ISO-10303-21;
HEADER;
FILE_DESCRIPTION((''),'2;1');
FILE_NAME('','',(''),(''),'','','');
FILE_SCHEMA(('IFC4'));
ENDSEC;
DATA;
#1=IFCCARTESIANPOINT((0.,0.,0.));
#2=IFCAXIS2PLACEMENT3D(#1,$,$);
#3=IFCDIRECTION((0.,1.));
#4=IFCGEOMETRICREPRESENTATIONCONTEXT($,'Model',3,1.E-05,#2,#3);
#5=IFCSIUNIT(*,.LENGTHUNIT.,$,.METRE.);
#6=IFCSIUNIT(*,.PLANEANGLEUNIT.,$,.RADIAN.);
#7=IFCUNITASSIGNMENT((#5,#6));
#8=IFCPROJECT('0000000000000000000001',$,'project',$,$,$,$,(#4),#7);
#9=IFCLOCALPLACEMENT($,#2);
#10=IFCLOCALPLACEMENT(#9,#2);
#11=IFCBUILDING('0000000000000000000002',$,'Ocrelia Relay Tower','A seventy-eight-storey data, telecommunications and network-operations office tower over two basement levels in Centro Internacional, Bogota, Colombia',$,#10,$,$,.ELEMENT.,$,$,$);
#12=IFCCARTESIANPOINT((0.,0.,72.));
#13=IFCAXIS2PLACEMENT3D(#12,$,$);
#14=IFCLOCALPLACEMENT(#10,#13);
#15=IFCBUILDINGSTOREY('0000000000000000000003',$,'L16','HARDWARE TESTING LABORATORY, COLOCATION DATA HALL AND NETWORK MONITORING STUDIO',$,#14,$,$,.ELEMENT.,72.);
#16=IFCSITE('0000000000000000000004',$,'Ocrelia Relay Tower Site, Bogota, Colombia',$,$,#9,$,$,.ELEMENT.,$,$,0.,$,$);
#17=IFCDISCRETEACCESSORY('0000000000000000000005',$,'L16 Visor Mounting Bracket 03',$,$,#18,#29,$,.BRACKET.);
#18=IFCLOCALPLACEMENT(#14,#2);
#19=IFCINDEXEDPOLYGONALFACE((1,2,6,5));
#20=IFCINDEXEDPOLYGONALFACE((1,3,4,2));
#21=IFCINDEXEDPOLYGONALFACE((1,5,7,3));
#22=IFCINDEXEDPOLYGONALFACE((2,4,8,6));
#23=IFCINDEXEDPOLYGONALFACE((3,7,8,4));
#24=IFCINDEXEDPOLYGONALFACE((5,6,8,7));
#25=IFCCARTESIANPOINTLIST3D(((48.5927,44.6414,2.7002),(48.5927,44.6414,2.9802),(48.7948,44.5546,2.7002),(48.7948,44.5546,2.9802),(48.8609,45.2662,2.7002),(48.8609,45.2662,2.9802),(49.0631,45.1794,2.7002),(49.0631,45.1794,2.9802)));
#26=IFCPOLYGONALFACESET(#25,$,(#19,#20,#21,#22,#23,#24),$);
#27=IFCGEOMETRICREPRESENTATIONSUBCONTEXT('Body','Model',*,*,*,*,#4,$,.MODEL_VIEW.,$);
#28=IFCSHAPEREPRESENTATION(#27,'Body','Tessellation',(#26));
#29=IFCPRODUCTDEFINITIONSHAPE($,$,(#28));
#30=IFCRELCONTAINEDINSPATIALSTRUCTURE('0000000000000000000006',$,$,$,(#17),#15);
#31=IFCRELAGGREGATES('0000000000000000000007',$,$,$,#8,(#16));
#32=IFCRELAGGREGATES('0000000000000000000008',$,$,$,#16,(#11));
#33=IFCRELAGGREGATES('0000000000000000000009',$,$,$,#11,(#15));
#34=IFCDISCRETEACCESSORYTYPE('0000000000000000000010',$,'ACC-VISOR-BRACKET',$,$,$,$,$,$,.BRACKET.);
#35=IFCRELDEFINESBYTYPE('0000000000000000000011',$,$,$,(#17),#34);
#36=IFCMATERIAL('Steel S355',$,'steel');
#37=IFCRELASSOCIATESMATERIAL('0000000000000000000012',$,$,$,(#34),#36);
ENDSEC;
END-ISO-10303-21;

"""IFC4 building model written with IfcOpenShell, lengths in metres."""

from ifc_helpers import new_model, si_unit, direction, frame, origin, origin_2d, place, context, subcontext, project, spatial, rectangle, extrude, material, type_object, element, save


model = new_model("IFC4")

# Units and contexts
model_context = context("Model", 3, precision=1e-05, world=origin(), true_north=direction((0.0, 1.0)))
body_context = subcontext(model_context, "Body", "Model", "MODEL_VIEW")
ifc_project = project(units=[si_unit("LENGTHUNIT", "METRE"), si_unit("PLANEANGLEUNIT", "RADIAN")], contexts=[model_context])

# Site, building, storey
site_placement = place(None, origin())
site = spatial("IfcSite", under=ifc_project, at=site_placement, Name="Ocrelia Relay Tower Site, Bogota, Colombia", CompositionType="ELEMENT", RefElevation=0.0)
building_placement = place(site_placement, origin())
building = spatial("IfcBuilding", under=site, at=building_placement, Name="Ocrelia Relay Tower", Description="A seventy-eight-storey data, telecommunications and network-operations office tower over two basement levels in Centro Internacional, Bogota, Colombia", CompositionType="ELEMENT")
storey_placement = place(building_placement, frame((0.0, 0.0, 72.0)))
storey = spatial("IfcBuildingStorey", under=building, at=storey_placement, Name="L16", Description="HARDWARE TESTING LABORATORY, COLOCATION DATA HALL AND NETWORK MONITORING STUDIO", CompositionType="ELEMENT", Elevation=72.0)

# Shared definitions
ifc_material_1 = material(Name="Steel S355", Category="steel")

# Discrete accessory
discrete_accessory_type = type_object("IfcDiscreteAccessoryType", Name="ACC-VISOR-BRACKET", PredefinedType="BRACKET", material=ifc_material_1)
for number, where, z_axis, x_axis, name in (
    (1, (48.8279, 44.9104, 2.7002), (0.0, 0.0, 1.0), (-0.918881, 0.394534, 0.0), "L16 Visor Mounting Bracket 03"),
):
    element("IfcDiscreteAccessory", number, at=place(storey_placement, frame(where, z_axis=z_axis, x_axis=x_axis)), inside=storey, type_object=discrete_accessory_type, Name=name, PredefinedType="BRACKET", context=body_context, shape_type="SweptSolid", body=[
        extrude(rectangle(XDim=0.22, YDim=0.6799, at=origin_2d()), origin(), (0.0, 0.0, 1.0), 0.28),
    ])

save(model, "model.ifc")
